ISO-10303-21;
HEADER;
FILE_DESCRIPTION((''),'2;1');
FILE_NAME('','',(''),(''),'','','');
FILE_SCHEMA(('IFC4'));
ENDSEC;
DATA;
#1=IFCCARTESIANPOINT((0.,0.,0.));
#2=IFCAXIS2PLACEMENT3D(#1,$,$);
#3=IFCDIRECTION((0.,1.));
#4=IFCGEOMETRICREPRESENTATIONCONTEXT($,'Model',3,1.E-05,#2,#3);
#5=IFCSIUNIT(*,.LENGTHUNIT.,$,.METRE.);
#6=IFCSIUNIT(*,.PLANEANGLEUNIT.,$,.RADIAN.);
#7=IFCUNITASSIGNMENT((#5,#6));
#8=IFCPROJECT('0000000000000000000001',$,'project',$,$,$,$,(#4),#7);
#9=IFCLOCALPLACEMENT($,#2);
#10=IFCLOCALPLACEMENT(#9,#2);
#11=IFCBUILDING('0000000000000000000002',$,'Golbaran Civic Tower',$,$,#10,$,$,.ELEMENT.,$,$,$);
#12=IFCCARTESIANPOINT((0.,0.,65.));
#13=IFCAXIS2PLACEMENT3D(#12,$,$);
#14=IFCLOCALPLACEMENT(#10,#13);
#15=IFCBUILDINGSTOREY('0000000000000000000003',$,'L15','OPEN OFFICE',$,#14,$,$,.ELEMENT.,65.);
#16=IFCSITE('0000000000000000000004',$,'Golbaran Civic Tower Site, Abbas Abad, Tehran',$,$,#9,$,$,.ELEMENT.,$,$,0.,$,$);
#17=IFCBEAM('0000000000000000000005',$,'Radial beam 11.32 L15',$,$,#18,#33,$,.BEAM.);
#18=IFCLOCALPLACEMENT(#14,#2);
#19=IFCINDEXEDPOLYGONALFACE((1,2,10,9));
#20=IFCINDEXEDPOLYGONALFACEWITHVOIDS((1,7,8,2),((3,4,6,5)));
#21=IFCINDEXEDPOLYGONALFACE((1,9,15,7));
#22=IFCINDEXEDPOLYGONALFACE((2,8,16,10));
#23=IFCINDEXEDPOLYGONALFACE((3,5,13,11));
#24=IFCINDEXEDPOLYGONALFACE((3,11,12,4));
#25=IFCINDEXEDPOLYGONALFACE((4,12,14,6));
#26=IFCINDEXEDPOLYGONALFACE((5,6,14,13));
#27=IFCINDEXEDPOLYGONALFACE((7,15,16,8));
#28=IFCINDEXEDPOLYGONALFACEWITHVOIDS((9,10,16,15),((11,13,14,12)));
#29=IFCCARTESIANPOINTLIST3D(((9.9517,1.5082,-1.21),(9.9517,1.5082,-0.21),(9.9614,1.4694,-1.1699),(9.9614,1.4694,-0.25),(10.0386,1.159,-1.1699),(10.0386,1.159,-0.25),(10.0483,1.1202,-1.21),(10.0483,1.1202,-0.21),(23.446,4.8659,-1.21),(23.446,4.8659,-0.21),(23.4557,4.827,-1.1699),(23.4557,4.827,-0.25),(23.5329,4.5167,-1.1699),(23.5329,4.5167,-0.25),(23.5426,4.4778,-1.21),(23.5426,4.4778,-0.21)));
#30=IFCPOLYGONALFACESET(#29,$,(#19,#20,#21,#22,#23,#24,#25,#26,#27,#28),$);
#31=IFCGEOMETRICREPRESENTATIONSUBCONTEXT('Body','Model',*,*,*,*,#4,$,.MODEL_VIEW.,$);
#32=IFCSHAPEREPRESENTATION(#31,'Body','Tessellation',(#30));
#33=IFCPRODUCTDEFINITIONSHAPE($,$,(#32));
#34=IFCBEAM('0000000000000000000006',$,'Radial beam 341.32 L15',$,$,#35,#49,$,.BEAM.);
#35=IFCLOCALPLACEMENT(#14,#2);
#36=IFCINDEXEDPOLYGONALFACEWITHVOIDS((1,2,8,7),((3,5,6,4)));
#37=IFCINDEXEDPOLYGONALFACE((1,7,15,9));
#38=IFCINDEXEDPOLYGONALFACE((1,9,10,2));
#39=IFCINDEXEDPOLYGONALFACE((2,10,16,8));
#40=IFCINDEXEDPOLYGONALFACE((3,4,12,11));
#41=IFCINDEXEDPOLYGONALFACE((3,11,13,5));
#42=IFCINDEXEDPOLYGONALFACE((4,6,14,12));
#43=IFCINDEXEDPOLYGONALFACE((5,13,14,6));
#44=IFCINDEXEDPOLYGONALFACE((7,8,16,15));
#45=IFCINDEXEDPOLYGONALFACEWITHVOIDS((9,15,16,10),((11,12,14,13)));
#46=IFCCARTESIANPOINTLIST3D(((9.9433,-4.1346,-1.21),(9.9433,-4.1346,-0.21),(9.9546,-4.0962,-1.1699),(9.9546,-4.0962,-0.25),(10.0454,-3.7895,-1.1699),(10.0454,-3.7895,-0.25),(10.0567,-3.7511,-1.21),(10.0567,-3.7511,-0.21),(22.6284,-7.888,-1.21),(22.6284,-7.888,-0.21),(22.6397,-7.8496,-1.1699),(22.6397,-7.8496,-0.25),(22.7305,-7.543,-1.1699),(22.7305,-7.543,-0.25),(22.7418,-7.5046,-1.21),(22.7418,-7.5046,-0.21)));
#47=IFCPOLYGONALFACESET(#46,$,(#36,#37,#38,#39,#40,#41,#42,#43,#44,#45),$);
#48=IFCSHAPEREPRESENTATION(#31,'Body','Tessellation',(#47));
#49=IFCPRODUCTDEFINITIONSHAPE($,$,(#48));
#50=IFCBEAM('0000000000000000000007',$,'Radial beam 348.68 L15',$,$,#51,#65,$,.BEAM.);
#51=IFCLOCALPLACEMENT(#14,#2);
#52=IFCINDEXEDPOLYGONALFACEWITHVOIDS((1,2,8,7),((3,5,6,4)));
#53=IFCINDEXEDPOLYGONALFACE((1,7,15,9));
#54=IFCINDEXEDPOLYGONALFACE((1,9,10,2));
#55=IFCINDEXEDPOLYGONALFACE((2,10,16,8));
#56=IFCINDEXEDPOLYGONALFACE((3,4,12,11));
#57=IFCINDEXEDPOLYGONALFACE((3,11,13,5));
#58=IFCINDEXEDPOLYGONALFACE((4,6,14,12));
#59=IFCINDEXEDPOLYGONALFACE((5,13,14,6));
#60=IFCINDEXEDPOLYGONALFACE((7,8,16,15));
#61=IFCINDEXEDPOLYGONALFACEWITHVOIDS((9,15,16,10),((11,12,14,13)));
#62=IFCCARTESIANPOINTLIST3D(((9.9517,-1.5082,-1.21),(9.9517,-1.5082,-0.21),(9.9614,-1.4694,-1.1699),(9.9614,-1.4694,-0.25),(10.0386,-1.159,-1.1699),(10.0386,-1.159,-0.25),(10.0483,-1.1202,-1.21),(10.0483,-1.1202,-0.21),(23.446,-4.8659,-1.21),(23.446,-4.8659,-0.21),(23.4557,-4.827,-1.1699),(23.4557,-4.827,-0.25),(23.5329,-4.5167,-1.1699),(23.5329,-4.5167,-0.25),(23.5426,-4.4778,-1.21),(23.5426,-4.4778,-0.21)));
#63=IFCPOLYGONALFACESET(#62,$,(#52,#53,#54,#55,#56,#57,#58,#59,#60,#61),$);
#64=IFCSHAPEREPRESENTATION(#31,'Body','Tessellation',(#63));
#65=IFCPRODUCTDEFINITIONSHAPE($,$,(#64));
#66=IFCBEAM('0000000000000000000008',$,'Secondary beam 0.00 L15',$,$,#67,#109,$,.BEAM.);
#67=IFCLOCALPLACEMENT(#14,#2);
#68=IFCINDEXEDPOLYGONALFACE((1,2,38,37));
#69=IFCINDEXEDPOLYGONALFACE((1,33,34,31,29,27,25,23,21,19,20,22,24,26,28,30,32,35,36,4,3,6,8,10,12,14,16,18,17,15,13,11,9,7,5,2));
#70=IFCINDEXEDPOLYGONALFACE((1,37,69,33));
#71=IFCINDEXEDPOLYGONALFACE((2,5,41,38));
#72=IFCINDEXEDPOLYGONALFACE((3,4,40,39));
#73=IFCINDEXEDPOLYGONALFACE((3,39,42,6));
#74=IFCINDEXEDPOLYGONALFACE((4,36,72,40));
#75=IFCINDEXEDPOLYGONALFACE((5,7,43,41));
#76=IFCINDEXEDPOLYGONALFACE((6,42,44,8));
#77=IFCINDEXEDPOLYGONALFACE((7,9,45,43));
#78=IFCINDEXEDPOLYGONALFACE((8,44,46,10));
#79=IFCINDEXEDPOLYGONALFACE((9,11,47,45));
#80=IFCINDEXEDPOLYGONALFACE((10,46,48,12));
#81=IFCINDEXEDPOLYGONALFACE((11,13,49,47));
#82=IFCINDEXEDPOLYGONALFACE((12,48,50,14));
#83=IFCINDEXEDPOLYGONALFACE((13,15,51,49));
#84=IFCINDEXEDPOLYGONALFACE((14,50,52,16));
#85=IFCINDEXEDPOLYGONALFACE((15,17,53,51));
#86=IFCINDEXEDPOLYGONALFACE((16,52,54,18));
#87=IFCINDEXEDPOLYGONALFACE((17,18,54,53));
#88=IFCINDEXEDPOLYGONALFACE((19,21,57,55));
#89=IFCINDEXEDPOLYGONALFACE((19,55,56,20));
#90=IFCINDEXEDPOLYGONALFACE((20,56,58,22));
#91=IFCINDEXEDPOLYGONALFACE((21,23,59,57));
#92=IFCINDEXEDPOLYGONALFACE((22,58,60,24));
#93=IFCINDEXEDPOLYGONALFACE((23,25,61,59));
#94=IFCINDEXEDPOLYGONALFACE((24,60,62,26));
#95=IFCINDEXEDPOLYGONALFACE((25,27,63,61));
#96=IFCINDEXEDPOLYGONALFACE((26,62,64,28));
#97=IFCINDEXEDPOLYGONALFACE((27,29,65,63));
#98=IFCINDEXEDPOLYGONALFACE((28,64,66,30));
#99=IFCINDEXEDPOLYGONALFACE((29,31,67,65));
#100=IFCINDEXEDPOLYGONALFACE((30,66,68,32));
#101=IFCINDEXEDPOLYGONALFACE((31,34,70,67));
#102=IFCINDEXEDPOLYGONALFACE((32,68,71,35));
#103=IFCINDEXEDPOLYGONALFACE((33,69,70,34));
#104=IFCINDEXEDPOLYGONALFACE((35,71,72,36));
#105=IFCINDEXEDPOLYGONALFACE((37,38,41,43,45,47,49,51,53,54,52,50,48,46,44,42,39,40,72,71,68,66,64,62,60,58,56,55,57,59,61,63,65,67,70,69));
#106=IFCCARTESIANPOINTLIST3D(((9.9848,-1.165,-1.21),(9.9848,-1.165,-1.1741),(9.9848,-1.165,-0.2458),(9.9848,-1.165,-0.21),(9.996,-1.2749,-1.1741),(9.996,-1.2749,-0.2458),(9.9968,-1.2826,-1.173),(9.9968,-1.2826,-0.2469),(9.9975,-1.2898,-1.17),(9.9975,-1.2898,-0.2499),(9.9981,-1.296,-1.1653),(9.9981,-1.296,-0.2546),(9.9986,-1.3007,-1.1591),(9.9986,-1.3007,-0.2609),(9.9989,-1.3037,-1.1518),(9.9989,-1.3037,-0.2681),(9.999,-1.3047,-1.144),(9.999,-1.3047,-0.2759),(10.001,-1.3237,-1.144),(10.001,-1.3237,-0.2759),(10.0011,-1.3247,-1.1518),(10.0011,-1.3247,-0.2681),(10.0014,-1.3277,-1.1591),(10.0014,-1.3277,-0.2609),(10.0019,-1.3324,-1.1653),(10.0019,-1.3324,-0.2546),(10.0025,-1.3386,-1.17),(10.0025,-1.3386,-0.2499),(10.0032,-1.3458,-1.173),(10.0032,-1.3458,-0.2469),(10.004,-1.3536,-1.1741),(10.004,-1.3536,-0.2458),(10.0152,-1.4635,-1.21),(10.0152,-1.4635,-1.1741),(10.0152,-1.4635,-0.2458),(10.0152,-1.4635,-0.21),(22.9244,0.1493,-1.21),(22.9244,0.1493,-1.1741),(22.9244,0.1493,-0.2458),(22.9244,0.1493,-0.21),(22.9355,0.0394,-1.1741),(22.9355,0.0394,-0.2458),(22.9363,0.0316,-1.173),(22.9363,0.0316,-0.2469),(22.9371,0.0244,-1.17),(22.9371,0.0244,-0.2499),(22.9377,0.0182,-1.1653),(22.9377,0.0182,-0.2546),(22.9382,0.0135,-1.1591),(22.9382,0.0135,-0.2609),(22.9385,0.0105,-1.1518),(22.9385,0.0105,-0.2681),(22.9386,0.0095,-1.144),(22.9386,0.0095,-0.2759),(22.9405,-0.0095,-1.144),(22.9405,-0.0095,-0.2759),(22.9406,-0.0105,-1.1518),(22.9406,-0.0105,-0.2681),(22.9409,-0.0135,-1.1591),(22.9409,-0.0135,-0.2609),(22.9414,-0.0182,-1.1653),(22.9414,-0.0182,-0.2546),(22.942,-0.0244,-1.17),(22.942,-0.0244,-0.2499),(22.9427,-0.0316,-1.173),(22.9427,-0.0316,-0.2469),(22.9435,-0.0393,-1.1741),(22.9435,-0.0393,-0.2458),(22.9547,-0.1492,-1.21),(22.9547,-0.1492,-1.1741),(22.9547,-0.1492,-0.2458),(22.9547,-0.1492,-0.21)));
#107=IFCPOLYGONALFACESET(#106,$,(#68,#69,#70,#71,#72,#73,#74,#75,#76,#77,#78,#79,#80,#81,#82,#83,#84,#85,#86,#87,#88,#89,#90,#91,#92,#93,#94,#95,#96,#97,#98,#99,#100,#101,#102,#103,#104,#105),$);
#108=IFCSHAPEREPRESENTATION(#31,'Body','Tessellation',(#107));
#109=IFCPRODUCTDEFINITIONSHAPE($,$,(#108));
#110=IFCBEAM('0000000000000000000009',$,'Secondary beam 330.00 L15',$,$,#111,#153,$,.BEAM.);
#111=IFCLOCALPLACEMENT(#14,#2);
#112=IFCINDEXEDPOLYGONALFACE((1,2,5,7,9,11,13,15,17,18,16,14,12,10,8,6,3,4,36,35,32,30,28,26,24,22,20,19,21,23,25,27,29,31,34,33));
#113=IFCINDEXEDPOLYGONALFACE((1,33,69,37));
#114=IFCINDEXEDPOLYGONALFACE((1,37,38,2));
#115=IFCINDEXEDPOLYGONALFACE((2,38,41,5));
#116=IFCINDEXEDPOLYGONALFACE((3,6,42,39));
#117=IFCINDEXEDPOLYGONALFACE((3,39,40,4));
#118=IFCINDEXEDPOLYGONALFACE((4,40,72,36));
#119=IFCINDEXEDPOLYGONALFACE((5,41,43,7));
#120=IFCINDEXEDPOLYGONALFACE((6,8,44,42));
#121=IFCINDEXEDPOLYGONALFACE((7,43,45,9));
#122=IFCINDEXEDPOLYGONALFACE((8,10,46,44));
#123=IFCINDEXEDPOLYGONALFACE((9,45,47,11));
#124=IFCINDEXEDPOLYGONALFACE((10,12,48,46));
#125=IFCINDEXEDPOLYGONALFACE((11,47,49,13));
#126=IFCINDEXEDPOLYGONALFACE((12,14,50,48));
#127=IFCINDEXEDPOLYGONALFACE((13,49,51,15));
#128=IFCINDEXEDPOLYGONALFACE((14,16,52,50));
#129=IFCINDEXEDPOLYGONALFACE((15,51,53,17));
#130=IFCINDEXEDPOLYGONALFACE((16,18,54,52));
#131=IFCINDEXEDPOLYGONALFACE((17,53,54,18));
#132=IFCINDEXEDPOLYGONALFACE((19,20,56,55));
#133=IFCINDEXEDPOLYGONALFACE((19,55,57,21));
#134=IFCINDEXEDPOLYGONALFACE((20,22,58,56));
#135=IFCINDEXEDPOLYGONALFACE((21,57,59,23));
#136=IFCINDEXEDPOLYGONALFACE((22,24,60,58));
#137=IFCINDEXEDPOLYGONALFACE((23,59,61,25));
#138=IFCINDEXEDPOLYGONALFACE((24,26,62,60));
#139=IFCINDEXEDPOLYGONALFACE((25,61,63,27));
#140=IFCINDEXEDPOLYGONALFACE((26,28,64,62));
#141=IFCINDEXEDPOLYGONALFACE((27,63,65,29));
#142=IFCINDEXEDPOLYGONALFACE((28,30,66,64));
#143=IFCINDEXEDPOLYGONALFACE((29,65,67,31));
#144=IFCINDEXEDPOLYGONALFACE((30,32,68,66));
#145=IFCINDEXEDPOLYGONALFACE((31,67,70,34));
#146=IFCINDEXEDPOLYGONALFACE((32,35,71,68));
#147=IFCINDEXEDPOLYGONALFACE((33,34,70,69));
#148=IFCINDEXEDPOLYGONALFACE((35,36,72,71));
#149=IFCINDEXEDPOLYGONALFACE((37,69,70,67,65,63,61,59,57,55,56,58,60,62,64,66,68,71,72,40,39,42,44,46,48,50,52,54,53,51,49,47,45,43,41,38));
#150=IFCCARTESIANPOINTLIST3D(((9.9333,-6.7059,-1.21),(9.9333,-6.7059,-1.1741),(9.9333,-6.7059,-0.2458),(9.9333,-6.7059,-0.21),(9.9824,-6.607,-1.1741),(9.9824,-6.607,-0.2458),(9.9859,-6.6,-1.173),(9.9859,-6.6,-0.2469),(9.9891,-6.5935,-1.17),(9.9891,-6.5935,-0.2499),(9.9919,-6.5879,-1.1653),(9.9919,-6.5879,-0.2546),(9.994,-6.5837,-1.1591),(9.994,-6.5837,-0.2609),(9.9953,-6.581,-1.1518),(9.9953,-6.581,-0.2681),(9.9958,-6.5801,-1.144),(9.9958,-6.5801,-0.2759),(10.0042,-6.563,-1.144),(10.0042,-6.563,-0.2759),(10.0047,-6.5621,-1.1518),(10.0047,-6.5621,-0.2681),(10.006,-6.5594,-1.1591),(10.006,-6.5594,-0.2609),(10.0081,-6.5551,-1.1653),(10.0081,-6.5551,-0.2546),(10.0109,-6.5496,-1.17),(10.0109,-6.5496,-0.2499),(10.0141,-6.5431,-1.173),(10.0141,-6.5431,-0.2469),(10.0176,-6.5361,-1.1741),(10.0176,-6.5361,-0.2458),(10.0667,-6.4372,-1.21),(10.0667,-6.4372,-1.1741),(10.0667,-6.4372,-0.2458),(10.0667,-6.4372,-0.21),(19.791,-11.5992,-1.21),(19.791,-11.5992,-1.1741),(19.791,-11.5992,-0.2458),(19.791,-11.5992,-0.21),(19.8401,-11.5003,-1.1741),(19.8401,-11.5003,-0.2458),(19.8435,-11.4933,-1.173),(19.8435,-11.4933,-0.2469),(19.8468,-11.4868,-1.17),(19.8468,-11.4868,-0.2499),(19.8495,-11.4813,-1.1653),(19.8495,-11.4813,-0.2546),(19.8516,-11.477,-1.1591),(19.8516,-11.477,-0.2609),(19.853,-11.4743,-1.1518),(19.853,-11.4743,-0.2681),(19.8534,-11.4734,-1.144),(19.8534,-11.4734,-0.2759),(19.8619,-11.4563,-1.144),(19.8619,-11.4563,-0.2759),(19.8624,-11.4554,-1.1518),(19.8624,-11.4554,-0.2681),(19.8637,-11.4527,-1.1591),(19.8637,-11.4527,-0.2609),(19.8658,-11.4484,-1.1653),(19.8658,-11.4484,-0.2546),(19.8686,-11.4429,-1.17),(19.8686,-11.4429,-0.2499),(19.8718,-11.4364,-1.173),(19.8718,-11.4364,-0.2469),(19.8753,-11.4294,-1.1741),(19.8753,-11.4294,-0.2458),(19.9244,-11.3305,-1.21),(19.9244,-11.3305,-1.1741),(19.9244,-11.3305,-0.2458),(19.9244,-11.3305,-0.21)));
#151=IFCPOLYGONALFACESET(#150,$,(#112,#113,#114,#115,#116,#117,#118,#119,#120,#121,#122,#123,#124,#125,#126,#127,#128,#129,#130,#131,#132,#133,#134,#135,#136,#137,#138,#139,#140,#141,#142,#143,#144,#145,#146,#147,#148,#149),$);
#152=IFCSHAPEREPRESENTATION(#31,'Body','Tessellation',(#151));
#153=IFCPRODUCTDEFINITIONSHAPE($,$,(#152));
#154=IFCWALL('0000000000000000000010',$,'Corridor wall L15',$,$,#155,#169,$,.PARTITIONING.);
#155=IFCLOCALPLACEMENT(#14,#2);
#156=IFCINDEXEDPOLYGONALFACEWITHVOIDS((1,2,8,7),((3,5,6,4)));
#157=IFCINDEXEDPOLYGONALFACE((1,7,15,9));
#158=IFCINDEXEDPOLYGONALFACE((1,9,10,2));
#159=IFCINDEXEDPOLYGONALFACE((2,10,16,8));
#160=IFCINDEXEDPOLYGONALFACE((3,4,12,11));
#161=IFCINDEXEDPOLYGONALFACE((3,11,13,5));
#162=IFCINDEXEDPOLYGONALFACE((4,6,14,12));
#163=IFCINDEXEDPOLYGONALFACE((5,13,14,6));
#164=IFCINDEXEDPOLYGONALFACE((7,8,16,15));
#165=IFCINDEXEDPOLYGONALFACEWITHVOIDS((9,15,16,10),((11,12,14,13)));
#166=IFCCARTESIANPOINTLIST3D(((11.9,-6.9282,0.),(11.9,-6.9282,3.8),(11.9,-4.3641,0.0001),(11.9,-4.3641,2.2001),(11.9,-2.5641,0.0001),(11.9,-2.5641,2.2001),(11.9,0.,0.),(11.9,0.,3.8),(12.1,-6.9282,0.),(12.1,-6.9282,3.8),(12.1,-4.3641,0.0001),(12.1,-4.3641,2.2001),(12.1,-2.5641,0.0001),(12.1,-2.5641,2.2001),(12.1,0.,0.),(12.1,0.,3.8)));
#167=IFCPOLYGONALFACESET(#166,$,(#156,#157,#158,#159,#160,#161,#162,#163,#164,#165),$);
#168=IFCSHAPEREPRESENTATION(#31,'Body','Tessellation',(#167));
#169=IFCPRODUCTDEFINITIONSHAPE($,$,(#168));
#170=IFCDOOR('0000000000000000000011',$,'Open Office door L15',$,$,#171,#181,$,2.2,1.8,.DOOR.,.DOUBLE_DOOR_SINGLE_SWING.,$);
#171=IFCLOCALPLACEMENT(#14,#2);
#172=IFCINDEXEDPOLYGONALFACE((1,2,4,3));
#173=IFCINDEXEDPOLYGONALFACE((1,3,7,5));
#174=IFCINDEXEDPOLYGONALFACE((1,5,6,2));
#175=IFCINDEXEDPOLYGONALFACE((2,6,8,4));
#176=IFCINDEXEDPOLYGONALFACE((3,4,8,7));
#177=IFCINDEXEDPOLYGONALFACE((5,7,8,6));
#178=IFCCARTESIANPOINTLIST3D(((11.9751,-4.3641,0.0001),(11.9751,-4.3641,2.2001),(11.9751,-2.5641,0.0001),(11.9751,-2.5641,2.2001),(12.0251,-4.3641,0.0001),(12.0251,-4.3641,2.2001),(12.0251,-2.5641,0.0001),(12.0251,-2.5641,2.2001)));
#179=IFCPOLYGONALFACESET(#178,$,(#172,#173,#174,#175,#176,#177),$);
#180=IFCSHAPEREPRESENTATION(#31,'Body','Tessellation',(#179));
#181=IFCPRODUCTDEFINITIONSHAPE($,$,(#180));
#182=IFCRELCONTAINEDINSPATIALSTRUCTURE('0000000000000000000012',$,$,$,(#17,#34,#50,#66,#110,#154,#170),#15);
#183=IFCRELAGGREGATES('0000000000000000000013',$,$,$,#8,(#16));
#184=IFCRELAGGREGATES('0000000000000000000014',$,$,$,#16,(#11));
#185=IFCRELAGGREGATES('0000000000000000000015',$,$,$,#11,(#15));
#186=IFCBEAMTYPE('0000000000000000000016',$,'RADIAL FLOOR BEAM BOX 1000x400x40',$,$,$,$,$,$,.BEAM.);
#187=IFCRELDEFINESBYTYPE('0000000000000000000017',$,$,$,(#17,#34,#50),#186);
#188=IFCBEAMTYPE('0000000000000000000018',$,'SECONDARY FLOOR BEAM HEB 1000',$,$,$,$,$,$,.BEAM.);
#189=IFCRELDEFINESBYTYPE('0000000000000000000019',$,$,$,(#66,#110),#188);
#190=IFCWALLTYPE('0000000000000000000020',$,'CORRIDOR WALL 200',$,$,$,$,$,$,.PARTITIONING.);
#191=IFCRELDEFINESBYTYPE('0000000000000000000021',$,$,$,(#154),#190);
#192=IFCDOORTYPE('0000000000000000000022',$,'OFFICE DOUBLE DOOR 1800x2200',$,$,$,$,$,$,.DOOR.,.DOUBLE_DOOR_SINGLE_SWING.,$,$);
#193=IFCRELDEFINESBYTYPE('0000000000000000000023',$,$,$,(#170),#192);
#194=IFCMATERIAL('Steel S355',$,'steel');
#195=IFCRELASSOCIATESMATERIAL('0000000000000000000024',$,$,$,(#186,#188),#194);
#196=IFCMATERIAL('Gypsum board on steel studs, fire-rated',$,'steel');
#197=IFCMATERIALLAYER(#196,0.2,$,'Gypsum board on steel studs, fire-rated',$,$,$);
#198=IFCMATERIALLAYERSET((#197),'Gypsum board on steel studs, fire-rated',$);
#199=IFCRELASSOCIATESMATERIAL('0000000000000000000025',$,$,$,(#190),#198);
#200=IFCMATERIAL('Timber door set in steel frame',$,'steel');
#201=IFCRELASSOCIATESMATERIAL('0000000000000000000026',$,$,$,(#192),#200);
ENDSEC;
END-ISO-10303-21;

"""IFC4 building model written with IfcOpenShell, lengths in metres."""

from ifc_helpers import new_model, si_unit, direction, frame, frame_2d, origin, origin_2d, place, context, subcontext, project, spatial, rectangle, hollow_rectangle, i_section, extrude, material, layer, layer_set, material_profile, profile_set, type_object, element, fill, save


model = new_model("IFC4")

# Units and contexts
model_context = context("Model", 3, precision=1e-05, world=origin(), true_north=direction((0.0, 1.0)))
body_context = subcontext(model_context, "Body", "Model", "MODEL_VIEW")
ifc_project = project(units=[si_unit("LENGTHUNIT", "METRE"), si_unit("PLANEANGLEUNIT", "RADIAN")], contexts=[model_context])

# Site, building, storey
site_placement = place(None, origin())
site = spatial("IfcSite", under=ifc_project, at=site_placement, Name="Golbaran Civic Tower Site, Abbas Abad, Tehran", CompositionType="ELEMENT", RefElevation=0.0)
building_placement = place(site_placement, origin())
building = spatial("IfcBuilding", under=site, at=building_placement, Name="Golbaran Civic Tower", CompositionType="ELEMENT")
storey_placement = place(building_placement, frame((0.0, 0.0, 65.0)))
storey = spatial("IfcBuildingStorey", under=building, at=storey_placement, Name="L15", Description="OPEN OFFICE", CompositionType="ELEMENT", Elevation=65.0)

# Beams
ifc_material_1 = material(Name="Steel S355", Category="steel")
ifc_material_profile_1 = material_profile(ifc_material_1, hollow_rectangle(XDim=0.3999, YDim=1.0, WallThickness=0.04, at=origin_2d()), Name="BOX 1000x400x40")
ifc_profile_set_1 = profile_set([ifc_material_profile_1], Name="Steel S355")
beam_type_1 = type_object("IfcBeamType", Name="RADIAL FLOOR BEAM BOX 1000x400x40", PredefinedType="BEAM", material=ifc_profile_set_1)
beam_1_placement = place(storey_placement, frame((10.0, 1.3142, -0.71), z_axis=(0.970411, 0.241457, 0.0), x_axis=(-0.241457, 0.970411, 0.0)))
element("IfcBeam", 1, at=beam_1_placement, inside=storey, type_object=beam_type_1, Name="Radial beam 11.32 L15", PredefinedType="BEAM", context=body_context, shape_type="SweptSolid", body=[
    extrude(hollow_rectangle(XDim=0.3999, YDim=1.0, WallThickness=0.04, at=origin_2d()), origin(), (0.0, 0.0, 1.0), 13.9058),
])
beam_2_placement = place(storey_placement, frame((10.0, -3.9429, -0.71), z_axis=(0.958903, -0.283733, 0.0), x_axis=(0.283733, 0.958903, 0.0)))
element("IfcBeam", 2, at=beam_2_placement, inside=storey, type_object=beam_type_1, Name="Radial beam 341.32 L15", PredefinedType="BEAM", context=body_context, shape_type="SweptSolid", body=[
    extrude(hollow_rectangle(XDim=0.3999, YDim=1.0, WallThickness=0.04, at=origin_2d()), origin(), (0.0, 0.0, 1.0), 13.2288),
])
beam_3_placement = place(storey_placement, frame((10.0, -1.3142, -0.71), z_axis=(0.970411, -0.241457, 0.0), x_axis=(0.241457, 0.970411, 0.0)))
element("IfcBeam", 3, at=beam_3_placement, inside=storey, type_object=beam_type_1, Name="Radial beam 348.68 L15", PredefinedType="BEAM", context=body_context, shape_type="SweptSolid", body=[
    extrude(hollow_rectangle(XDim=0.3999, YDim=1.0, WallThickness=0.04, at=origin_2d()), origin(), (0.0, 0.0, 1.0), 13.9058),
])
ifc_material_profile_2 = material_profile(ifc_material_1, i_section(OverallWidth=0.3, OverallDepth=1.0, WebThickness=0.019, FlangeThickness=0.0359, FilletRadius=0.03, at=origin_2d()), Name="HEB 1000")
ifc_profile_set_2 = profile_set([ifc_material_profile_2], Name="Steel S355")
beam_type_2 = type_object("IfcBeamType", Name="SECONDARY FLOOR BEAM HEB 1000", PredefinedType="BEAM", material=ifc_profile_set_2)
beam_4_placement = place(storey_placement, frame((10.0, -1.3142, -0.71), z_axis=(0.994882, 0.101046, 0.0), x_axis=(-0.101046, 0.994882, 0.0)))
element("IfcBeam", 4, at=beam_4_placement, inside=storey, type_object=beam_type_2, Name="Secondary beam 0.00 L15", PredefinedType="BEAM", context=body_context, shape_type="SweptSolid", body=[
    extrude(i_section(OverallWidth=0.3, OverallDepth=1.0, WebThickness=0.019, FlangeThickness=0.0359, FilletRadius=0.03, at=origin_2d()), origin(), (0.0, 0.0, 1.0), 13.0061),
])
beam_5_placement = place(storey_placement, frame((10.0, -6.5715, -0.71), z_axis=(0.895715, -0.44463, 0.0), x_axis=(0.44463, 0.895715, 0.0)))
element("IfcBeam", 5, at=beam_5_placement, inside=storey, type_object=beam_type_2, Name="Secondary beam 330.00 L15", PredefinedType="BEAM", context=body_context, shape_type="SweptSolid", body=[
    extrude(i_section(OverallWidth=0.3, OverallDepth=1.0, WebThickness=0.019, FlangeThickness=0.0359, FilletRadius=0.03, at=origin_2d()), origin(), (0.0, 0.0, 1.0), 11.0054),
])

# Wall, opening, door
ifc_material_2 = material(Name="Gypsum board on steel studs, fire-rated", Category="steel")
ifc_layer_1 = layer(ifc_material_2, 0.2, Name="Gypsum board on steel studs, fire-rated")
ifc_layer_set_1 = layer_set([ifc_layer_1], Name="Gypsum board on steel studs, fire-rated")
wall_type_1 = type_object("IfcWallType", Name="CORRIDOR WALL 200", PredefinedType="PARTITIONING", material=ifc_layer_set_1)
wall_1_placement = place(storey_placement, frame((12.0, -6.9282, 0.0), z_axis=(0.0, 0.0, 1.0), x_axis=(0.0, 1.0, 0.0)))
wall_1 = element("IfcWall", 6, at=wall_1_placement, inside=storey, type_object=wall_type_1, Name="Corridor wall L15", PredefinedType="PARTITIONING", context=body_context, shape_type="SweptSolid", body=[
    extrude(rectangle(XDim=6.9282, YDim=0.2, at=frame_2d((3.4641, 0.0))), origin(), (0.0, 0.0, 1.0), 3.8),
])
opening_1_placement = place(wall_1_placement, frame((2.5642, 0.0, 0.0)))
opening_1 = element("IfcOpeningElement", 7, at=opening_1_placement, cuts=wall_1, PredefinedType="OPENING", context=body_context, shape_type="SweptSolid", body=[
    extrude(rectangle(XDim=1.8, YDim=2.2, at=frame_2d((0.8999, 1.1001))), frame((0.0, 0.1099, 0.0), z_axis=(0.0, -1.0, 0.0), x_axis=(1.0, 0.0, 0.0)), (0.0, 0.0, 1.0), 0.22),
])
ifc_material_3 = material(Name="Timber door set in steel frame", Category="steel")
door_type_1 = type_object("IfcDoorType", Name="OFFICE DOUBLE DOOR 1800x2200", OperationType="DOUBLE_DOOR_SINGLE_SWING", PredefinedType="DOOR", material=ifc_material_3)
door_1_placement = place(opening_1_placement, origin())
door_1 = element("IfcDoor", 8, at=door_1_placement, inside=storey, type_object=door_type_1, Name="Open Office door L15", OperationType="DOUBLE_DOOR_SINGLE_SWING", OverallHeight=2.2, OverallWidth=1.8, PredefinedType="DOOR", context=body_context, shape_type="SweptSolid", body=[
    extrude(rectangle(XDim=1.8, YDim=2.2, at=frame_2d((0.8999, 1.1001))), frame((0.0, 0.0249, 0.0), z_axis=(0.0, -1.0, 0.0), x_axis=(1.0, 0.0, 0.0)), (0.0, 0.0, 1.0), 0.05),
])
fill(opening_1, door_1)

save(model, "model.ifc")
